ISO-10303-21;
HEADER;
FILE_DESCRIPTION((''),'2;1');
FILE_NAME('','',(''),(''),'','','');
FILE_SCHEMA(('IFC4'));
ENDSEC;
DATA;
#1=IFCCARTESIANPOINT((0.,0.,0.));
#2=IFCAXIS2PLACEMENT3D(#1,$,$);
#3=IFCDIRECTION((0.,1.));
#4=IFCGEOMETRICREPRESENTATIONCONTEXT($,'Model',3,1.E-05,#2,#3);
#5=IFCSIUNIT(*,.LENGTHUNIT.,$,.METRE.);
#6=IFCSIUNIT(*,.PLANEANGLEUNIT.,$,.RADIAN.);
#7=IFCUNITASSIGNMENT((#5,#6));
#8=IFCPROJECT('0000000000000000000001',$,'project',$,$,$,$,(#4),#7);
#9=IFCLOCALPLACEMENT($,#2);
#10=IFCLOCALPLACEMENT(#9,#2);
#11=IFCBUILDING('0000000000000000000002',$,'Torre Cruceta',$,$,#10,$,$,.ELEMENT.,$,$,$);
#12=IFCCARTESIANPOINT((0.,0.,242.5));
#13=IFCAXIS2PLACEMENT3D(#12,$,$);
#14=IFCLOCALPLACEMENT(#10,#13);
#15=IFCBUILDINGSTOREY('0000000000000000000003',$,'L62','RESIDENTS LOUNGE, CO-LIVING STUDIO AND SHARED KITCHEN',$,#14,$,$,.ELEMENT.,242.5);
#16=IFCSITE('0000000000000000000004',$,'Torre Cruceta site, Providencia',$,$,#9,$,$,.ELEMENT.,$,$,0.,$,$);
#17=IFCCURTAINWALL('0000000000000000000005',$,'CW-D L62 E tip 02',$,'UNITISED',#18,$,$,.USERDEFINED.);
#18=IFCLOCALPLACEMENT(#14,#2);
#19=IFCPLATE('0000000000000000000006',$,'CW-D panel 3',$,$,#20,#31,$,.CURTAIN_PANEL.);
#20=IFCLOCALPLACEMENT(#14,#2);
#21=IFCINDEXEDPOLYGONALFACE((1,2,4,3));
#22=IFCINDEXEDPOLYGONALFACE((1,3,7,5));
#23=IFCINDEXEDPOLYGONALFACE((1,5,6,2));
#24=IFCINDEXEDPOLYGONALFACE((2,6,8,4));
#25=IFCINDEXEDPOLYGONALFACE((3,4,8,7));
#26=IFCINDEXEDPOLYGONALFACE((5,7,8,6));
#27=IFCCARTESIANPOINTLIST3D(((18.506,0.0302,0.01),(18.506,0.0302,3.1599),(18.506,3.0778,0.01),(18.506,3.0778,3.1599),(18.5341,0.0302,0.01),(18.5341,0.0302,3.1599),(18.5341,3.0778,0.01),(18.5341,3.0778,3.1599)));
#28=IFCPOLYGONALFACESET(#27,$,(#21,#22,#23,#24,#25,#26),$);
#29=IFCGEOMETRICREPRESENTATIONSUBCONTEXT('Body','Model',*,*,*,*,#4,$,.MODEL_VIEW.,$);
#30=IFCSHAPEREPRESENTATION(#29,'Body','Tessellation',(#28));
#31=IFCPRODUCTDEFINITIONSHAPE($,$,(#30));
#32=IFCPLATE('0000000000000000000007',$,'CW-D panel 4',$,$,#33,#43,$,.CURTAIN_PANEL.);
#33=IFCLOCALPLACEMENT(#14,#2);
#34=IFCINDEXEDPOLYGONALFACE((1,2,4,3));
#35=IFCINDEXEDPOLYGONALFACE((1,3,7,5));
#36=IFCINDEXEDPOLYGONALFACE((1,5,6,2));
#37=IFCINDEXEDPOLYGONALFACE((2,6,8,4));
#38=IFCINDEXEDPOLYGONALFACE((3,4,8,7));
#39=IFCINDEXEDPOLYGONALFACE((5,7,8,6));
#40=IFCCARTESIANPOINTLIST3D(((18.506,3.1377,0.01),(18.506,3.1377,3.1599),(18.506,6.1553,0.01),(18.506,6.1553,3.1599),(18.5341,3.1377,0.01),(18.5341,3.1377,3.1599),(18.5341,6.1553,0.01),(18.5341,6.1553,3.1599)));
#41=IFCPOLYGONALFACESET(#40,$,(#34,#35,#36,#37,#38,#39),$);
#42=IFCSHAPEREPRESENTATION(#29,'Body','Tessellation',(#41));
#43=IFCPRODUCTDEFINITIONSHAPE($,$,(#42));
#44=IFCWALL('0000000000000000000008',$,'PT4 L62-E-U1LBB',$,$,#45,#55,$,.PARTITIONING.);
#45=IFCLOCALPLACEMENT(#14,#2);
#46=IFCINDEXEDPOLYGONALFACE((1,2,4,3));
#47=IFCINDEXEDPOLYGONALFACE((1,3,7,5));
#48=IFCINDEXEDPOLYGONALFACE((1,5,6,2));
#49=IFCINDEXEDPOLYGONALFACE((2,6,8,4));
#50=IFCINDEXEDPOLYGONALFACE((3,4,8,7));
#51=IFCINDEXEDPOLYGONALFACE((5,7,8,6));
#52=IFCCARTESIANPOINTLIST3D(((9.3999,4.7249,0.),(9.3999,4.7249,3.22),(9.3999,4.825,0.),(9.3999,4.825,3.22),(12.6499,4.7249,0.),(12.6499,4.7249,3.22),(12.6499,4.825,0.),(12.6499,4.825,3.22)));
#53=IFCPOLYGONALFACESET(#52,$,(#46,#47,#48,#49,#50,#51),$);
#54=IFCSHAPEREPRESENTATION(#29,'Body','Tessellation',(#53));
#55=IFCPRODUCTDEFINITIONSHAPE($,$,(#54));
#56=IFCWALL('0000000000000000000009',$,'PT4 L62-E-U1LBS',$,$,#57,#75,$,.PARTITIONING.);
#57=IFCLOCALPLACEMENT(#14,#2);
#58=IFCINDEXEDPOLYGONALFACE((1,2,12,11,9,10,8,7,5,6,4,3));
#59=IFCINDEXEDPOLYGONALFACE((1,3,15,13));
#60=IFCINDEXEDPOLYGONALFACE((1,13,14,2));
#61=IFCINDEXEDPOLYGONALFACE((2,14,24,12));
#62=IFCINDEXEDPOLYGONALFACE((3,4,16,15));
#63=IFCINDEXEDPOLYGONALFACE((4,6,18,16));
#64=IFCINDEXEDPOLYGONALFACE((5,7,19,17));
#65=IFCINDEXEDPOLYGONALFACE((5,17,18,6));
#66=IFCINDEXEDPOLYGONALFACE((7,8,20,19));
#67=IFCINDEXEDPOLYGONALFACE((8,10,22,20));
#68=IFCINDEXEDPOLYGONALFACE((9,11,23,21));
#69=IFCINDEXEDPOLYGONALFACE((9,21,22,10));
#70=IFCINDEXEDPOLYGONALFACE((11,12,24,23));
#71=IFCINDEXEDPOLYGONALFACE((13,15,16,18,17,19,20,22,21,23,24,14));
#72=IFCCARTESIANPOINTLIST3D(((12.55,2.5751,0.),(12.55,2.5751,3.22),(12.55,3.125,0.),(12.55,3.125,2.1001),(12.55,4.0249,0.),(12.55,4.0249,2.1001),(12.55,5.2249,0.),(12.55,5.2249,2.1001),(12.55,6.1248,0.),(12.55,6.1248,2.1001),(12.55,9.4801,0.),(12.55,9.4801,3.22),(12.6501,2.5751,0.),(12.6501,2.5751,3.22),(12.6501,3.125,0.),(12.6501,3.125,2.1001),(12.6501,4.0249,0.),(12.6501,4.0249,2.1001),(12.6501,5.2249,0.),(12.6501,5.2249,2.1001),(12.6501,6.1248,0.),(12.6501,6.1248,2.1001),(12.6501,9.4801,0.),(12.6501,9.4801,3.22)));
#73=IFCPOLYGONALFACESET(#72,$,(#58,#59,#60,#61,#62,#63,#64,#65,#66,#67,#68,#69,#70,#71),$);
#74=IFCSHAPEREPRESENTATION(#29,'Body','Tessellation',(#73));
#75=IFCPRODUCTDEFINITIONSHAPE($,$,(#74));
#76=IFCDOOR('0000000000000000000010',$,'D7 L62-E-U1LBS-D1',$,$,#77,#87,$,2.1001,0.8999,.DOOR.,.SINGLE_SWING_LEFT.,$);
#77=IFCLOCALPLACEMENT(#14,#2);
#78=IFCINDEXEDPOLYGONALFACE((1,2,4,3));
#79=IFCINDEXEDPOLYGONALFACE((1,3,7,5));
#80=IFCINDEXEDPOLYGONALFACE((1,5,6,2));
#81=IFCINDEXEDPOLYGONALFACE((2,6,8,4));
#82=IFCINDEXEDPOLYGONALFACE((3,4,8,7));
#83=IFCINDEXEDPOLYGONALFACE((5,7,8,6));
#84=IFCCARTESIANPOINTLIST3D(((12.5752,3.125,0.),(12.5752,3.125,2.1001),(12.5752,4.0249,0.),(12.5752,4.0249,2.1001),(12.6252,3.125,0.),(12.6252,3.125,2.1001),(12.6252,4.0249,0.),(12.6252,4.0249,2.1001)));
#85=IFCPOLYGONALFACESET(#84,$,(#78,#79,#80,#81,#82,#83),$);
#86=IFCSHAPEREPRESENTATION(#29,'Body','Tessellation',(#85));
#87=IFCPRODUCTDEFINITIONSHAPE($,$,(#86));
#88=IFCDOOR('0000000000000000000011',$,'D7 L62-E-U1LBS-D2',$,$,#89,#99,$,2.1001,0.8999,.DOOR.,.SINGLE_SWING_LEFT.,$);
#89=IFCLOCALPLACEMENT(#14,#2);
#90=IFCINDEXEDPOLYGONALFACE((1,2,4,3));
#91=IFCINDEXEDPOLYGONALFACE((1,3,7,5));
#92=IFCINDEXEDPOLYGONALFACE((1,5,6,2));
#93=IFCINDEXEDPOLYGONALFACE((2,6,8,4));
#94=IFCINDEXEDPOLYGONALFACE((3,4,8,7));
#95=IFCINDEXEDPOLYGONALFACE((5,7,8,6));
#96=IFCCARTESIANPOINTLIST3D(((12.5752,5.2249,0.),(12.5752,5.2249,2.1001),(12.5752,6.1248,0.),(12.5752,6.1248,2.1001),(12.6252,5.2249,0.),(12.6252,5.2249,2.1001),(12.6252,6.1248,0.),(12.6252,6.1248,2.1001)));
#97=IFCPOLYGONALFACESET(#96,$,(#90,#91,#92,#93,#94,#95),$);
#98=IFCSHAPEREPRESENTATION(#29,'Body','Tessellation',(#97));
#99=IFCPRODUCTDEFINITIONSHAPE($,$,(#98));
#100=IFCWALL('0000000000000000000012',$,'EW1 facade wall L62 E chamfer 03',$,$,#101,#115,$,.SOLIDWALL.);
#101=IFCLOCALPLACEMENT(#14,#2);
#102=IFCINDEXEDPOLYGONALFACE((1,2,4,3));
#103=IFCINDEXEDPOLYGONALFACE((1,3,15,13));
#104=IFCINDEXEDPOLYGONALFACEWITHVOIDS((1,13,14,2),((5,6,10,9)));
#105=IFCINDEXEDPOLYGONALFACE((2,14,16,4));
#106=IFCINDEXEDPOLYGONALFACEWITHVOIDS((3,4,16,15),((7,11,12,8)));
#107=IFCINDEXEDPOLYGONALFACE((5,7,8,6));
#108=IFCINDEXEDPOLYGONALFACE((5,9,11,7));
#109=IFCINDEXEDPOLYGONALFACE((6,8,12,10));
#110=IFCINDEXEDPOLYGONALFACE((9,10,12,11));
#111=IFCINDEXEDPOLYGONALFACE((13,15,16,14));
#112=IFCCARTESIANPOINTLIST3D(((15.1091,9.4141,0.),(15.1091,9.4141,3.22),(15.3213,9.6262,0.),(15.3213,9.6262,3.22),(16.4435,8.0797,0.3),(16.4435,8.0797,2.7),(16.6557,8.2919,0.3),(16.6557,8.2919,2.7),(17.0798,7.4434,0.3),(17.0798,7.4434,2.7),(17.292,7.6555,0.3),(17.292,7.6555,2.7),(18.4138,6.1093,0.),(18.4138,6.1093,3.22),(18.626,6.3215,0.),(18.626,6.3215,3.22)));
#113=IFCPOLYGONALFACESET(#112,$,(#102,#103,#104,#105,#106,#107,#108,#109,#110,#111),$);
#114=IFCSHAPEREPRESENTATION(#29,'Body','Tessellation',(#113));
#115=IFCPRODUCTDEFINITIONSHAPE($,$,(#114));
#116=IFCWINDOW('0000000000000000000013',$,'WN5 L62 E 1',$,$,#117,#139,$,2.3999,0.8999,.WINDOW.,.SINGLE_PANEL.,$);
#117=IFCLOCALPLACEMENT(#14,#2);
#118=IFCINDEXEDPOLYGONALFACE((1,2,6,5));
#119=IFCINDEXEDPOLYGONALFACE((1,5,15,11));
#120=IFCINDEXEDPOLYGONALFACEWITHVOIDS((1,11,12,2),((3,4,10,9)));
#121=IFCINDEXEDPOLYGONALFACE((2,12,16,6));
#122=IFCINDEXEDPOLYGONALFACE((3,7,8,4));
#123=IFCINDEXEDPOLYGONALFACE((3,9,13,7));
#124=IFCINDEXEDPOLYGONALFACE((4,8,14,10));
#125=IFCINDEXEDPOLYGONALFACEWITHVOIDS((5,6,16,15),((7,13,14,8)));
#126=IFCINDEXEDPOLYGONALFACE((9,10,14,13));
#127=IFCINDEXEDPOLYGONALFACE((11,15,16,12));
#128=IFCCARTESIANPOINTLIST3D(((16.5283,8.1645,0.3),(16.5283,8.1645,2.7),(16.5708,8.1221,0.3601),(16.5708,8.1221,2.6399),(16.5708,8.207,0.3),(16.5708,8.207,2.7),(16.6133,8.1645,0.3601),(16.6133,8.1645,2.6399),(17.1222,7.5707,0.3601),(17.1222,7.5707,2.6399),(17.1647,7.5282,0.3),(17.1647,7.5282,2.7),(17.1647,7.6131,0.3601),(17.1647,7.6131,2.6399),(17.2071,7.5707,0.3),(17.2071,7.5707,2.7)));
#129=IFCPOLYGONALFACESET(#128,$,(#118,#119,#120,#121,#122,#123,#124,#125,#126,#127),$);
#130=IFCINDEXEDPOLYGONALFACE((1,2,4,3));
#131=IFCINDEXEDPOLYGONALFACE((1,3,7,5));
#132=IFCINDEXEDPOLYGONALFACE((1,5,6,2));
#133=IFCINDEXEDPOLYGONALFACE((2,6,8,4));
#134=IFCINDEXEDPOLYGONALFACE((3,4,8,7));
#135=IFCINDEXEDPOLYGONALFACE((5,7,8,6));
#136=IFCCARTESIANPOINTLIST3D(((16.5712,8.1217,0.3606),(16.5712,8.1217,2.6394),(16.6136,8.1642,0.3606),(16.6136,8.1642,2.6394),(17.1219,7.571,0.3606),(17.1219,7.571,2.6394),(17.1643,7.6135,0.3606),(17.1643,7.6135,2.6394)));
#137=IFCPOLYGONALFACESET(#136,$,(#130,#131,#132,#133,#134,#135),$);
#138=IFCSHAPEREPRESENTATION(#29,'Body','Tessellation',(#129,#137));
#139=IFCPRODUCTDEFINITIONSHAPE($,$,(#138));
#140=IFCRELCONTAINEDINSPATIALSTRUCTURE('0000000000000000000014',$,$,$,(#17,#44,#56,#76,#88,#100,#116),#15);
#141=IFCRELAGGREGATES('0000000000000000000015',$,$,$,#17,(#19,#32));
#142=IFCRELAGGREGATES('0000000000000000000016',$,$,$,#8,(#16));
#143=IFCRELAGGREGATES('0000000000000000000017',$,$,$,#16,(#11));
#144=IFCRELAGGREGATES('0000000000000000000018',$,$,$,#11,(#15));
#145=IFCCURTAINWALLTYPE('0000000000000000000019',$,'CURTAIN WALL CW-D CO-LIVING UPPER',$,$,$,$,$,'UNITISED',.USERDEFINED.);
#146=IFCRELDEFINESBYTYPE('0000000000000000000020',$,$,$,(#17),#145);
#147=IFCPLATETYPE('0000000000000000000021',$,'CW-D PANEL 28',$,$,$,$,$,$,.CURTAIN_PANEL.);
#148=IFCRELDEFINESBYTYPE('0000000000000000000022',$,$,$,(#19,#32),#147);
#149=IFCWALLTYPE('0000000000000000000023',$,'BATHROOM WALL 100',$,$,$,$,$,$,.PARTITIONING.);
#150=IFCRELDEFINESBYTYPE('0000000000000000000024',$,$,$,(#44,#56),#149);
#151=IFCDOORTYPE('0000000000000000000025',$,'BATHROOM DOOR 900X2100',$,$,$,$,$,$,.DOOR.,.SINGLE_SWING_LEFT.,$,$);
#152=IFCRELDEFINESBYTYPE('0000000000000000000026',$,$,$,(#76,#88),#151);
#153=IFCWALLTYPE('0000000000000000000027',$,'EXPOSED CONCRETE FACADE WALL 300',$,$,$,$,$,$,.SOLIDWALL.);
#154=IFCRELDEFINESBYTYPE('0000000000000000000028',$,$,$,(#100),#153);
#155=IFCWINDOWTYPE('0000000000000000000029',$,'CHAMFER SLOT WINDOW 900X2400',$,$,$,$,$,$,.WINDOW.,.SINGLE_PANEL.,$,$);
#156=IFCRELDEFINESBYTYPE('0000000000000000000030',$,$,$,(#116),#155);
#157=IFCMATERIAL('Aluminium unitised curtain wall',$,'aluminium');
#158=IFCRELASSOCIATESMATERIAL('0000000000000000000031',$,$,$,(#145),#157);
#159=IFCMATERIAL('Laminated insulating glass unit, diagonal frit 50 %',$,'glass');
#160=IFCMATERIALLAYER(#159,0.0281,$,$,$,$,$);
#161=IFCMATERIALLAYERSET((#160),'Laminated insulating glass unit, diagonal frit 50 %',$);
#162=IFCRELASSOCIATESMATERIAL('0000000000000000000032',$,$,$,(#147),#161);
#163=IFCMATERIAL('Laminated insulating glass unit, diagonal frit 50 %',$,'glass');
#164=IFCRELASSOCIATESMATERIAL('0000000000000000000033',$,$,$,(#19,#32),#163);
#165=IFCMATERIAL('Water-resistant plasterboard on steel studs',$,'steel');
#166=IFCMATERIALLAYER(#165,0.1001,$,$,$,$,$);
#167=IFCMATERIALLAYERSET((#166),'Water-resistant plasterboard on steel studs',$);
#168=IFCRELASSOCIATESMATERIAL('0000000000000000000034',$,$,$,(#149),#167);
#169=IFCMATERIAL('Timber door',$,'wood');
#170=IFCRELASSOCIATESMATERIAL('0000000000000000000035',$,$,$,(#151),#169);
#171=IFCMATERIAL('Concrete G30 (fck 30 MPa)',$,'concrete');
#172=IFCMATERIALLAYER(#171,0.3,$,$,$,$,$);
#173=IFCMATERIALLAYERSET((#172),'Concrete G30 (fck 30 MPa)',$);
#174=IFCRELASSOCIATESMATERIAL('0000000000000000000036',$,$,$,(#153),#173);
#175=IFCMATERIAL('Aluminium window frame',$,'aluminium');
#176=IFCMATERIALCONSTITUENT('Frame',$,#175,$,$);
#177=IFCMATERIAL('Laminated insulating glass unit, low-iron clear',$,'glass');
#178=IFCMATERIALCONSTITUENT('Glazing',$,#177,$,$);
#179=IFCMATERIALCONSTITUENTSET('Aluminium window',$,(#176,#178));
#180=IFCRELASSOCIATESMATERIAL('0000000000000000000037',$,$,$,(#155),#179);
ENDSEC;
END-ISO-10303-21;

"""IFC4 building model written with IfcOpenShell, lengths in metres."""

from ifc_helpers import new_model, si_unit, direction, frame, frame_2d, origin, origin_2d, place, context, subcontext, project, spatial, rectangle, hollow_rectangle, extrude, material, layer, layer_set, constituent, constituent_set, type_object, element, fill, aggregate, save


model = new_model("IFC4")

# Units and contexts
model_context = context("Model", 3, precision=1e-05, world=origin(), true_north=direction((0.0, 1.0)))
body_context = subcontext(model_context, "Body", "Model", "MODEL_VIEW")
ifc_project = project(units=[si_unit("LENGTHUNIT", "METRE"), si_unit("PLANEANGLEUNIT", "RADIAN")], contexts=[model_context])

# Site, building, storey
site_placement = place(None, origin())
site = spatial("IfcSite", under=ifc_project, at=site_placement, Name="Torre Cruceta site, Providencia", CompositionType="ELEMENT", RefElevation=0.0)
building_placement = place(site_placement, origin())
building = spatial("IfcBuilding", under=site, at=building_placement, Name="Torre Cruceta", CompositionType="ELEMENT")
storey_placement = place(building_placement, frame((0.0, 0.0, 242.5)))
storey = spatial("IfcBuildingStorey", under=building, at=storey_placement, Name="L62", Description="RESIDENTS LOUNGE, CO-LIVING STUDIO AND SHARED KITCHEN", CompositionType="ELEMENT", Elevation=242.5)

# Curtain wall
ifc_material_1 = material(Name="Aluminium unitised curtain wall", Category="aluminium")
curtain_wall_type = type_object("IfcCurtainWallType", Name="CURTAIN WALL CW-D CO-LIVING UPPER", ElementType="UNITISED", PredefinedType="USERDEFINED", material=ifc_material_1)
curtain_wall_placement = place(storey_placement, origin())
curtain_wall = element("IfcCurtainWall", 1, at=curtain_wall_placement, inside=storey, type_object=curtain_wall_type, Name="CW-D L62 E tip 02", ObjectType="UNITISED", PredefinedType="USERDEFINED")

# Plates
ifc_material_2 = material(Name="Laminated insulating glass unit, diagonal frit 50 %", Category="glass")
ifc_material_3 = material(Name="Laminated insulating glass unit, diagonal frit 50 %", Category="glass")
ifc_layer_1 = layer(ifc_material_3, 0.0281)
ifc_layer_set_1 = layer_set([ifc_layer_1], Name="Laminated insulating glass unit, diagonal frit 50 %")
plate_type = type_object("IfcPlateType", Name="CW-D PANEL 28", PredefinedType="CURTAIN_PANEL", material=ifc_layer_set_1)
plate_1_placement = place(storey_placement, frame((18.52, 1.554, 0.01), z_axis=(0.0, 0.0, 1.0), x_axis=(0.0, 1.0, 0.0)))
plate_1 = element("IfcPlate", 2, at=plate_1_placement, type_object=plate_type, material=ifc_material_2, Name="CW-D panel 3", PredefinedType="CURTAIN_PANEL", context=body_context, shape_type="SweptSolid", body=[
    extrude(rectangle(XDim=3.0476, YDim=0.0281, at=origin_2d()), origin(), (0.0, 0.0, 1.0), 3.1499),
])
plate_2_placement = place(storey_placement, frame((18.52, 4.6465, 0.01), z_axis=(0.0, 0.0, 1.0), x_axis=(0.0, 1.0, 0.0)))
plate_2 = element("IfcPlate", 3, at=plate_2_placement, type_object=plate_type, material=ifc_material_2, Name="CW-D panel 4", PredefinedType="CURTAIN_PANEL", context=body_context, shape_type="SweptSolid", body=[
    extrude(rectangle(XDim=3.0176, YDim=0.0281, at=origin_2d()), origin(), (0.0, 0.0, 1.0), 3.1499),
])
aggregate(curtain_wall, [plate_1, plate_2])

# Wall
ifc_material_4 = material(Name="Water-resistant plasterboard on steel studs", Category="steel")
ifc_layer_2 = layer(ifc_material_4, 0.1001)
ifc_layer_set_2 = layer_set([ifc_layer_2], Name="Water-resistant plasterboard on steel studs")
wall_type_1 = type_object("IfcWallType", Name="BATHROOM WALL 100", PredefinedType="PARTITIONING", material=ifc_layer_set_2)
wall_1_placement = place(storey_placement, frame((9.3999, 4.7749, 0.0), z_axis=(0.0, 0.0, 1.0), x_axis=(1.0, 0.0, 0.0)))
element("IfcWall", 4, at=wall_1_placement, inside=storey, type_object=wall_type_1, Name="PT4 L62-E-U1LBB", PredefinedType="PARTITIONING", context=body_context, shape_type="SweptSolid", body=[
    extrude(rectangle(XDim=3.25, YDim=0.1001, at=frame_2d((1.625, 0.0))), origin(), (0.0, 0.0, 1.0), 3.22),
])

# Wall, openings, doors
wall_2_placement = place(storey_placement, frame((12.6001, 2.575, 0.0), z_axis=(0.0, 0.0, 1.0), x_axis=(0.0, 1.0, 0.0)))
wall_2 = element("IfcWall", 5, at=wall_2_placement, inside=storey, type_object=wall_type_1, Name="PT4 L62-E-U1LBS", PredefinedType="PARTITIONING", context=body_context, shape_type="SweptSolid", body=[
    extrude(rectangle(XDim=6.905, YDim=0.1001, at=frame_2d((3.4526, 0.0))), origin(), (0.0, 0.0, 1.0), 3.22),
])
opening_1_placement = place(wall_2_placement, frame((0.55, 0.0, 0.0)))
opening_1 = element("IfcOpeningElement", 6, at=opening_1_placement, cuts=wall_2, PredefinedType="OPENING", context=body_context, shape_type="SweptSolid", body=[
    extrude(rectangle(XDim=0.8999, YDim=2.1001, at=frame_2d((0.45, 1.05))), frame((0.0, 0.0601, 0.0), z_axis=(0.0, -1.0, 0.0), x_axis=(1.0, 0.0, 0.0)), (0.0, 0.0, 1.0), 0.1201),
])
opening_2_placement = place(wall_2_placement, frame((2.6499, 0.0, 0.0)))
opening_2 = element("IfcOpeningElement", 7, at=opening_2_placement, cuts=wall_2, PredefinedType="OPENING", context=body_context, shape_type="SweptSolid", body=[
    extrude(rectangle(XDim=0.8999, YDim=2.1001, at=frame_2d((0.45, 1.05))), frame((0.0, 0.0601, 0.0), z_axis=(0.0, -1.0, 0.0), x_axis=(1.0, 0.0, 0.0)), (0.0, 0.0, 1.0), 0.1201),
])
ifc_material_5 = material(Name="Timber door", Category="wood")
door_type_1 = type_object("IfcDoorType", Name="BATHROOM DOOR 900X2100", OperationType="SINGLE_SWING_LEFT", PredefinedType="DOOR", material=ifc_material_5)
door_1_placement = place(opening_1_placement, origin())
door_1 = element("IfcDoor", 8, at=door_1_placement, inside=storey, type_object=door_type_1, Name="D7 L62-E-U1LBS-D1", OperationType="SINGLE_SWING_LEFT", OverallHeight=2.1001, OverallWidth=0.8999, PredefinedType="DOOR", context=body_context, shape_type="SweptSolid", body=[
    extrude(rectangle(XDim=0.8999, YDim=2.1001, at=frame_2d((0.45, 1.05))), frame((0.0, 0.0249, 0.0), z_axis=(0.0, -1.0, 0.0), x_axis=(1.0, 0.0, 0.0)), (0.0, 0.0, 1.0), 0.05),
])
fill(opening_1, door_1)
door_2_placement = place(opening_2_placement, origin())
door_2 = element("IfcDoor", 9, at=door_2_placement, inside=storey, type_object=door_type_1, Name="D7 L62-E-U1LBS-D2", OperationType="SINGLE_SWING_LEFT", OverallHeight=2.1001, OverallWidth=0.8999, PredefinedType="DOOR", context=body_context, shape_type="SweptSolid", body=[
    extrude(rectangle(XDim=0.8999, YDim=2.1001, at=frame_2d((0.45, 1.05))), frame((0.0, 0.0249, 0.0), z_axis=(0.0, -1.0, 0.0), x_axis=(1.0, 0.0, 0.0)), (0.0, 0.0, 1.0), 0.05),
])
fill(opening_2, door_2)

# Wall, opening, window
ifc_material_6 = material(Name="Concrete G30 (fck 30 MPa)", Category="concrete")
ifc_layer_3 = layer(ifc_material_6, 0.3)
ifc_layer_set_3 = layer_set([ifc_layer_3], Name="Concrete G30 (fck 30 MPa)")
wall_type_2 = type_object("IfcWallType", Name="EXPOSED CONCRETE FACADE WALL 300", PredefinedType="SOLIDWALL", material=ifc_layer_set_3)
wall_3_placement = place(storey_placement, frame((18.52, 6.2153, 0.0), z_axis=(0.0, 0.0, 1.0), x_axis=(-0.707107, 0.707107, 0.0)))
wall_3 = element("IfcWall", 10, at=wall_3_placement, inside=storey, type_object=wall_type_2, Name="EW1 facade wall L62 E chamfer 03", PredefinedType="SOLIDWALL", context=body_context, shape_type="SweptSolid", body=[
    extrude(rectangle(XDim=4.6736, YDim=0.3, at=frame_2d((2.3369, 0.0))), origin(), (0.0, 0.0, 1.0), 3.22),
])
opening_3_placement = place(wall_3_placement, frame((1.8867, 0.0, 0.3)))
opening_3 = element("IfcOpeningElement", 11, at=opening_3_placement, cuts=wall_3, PredefinedType="OPENING", context=body_context, shape_type="SweptSolid", body=[
    extrude(rectangle(XDim=0.8999, YDim=2.3999, at=frame_2d((0.45, 1.2))), frame((0.0, 0.1599, 0.0), z_axis=(0.0, -1.0, 0.0), x_axis=(1.0, 0.0, 0.0)), (0.0, 0.0, 1.0), 0.3201),
])
ifc_material_7 = material(Name="Aluminium window frame", Category="aluminium")
ifc_constituent_1 = constituent(ifc_material_7, Name="Frame")
ifc_material_8 = material(Name="Laminated insulating glass unit, low-iron clear", Category="glass")
ifc_constituent_2 = constituent(ifc_material_8, Name="Glazing")
ifc_constituent_set_1 = constituent_set(constituents=[ifc_constituent_1, ifc_constituent_2], Name="Aluminium window")
window_type = type_object("IfcWindowType", Name="CHAMFER SLOT WINDOW 900X2400", PartitioningType="SINGLE_PANEL", PredefinedType="WINDOW", material=ifc_constituent_set_1)
window_placement = place(opening_3_placement, origin())
window = element("IfcWindow", 12, at=window_placement, inside=storey, type_object=window_type, Name="WN5 L62 E 1", OverallHeight=2.3999, OverallWidth=0.8999, PartitioningType="SINGLE_PANEL", PredefinedType="WINDOW", context=body_context, shape_type="SweptSolid", body=[
    extrude(hollow_rectangle(XDim=0.8999, YDim=2.3999, WallThickness=0.0601, at=frame_2d((0.45, 1.2))), frame((0.0, 0.03, 0.0), z_axis=(0.0, -1.0, 0.0), x_axis=(1.0, 0.0, 0.0)), (0.0, 0.0, 1.0), 0.0601),
    extrude(rectangle(XDim=0.7788, YDim=2.2788, at=frame_2d((0.45, 1.2))), frame((0.0, 0.03, 0.0), z_axis=(0.0, -1.0, 0.0), x_axis=(1.0, 0.0, 0.0)), (0.0, 0.0, 1.0), 0.0601),
])
fill(opening_3, window)

save(model, "model.ifc")
